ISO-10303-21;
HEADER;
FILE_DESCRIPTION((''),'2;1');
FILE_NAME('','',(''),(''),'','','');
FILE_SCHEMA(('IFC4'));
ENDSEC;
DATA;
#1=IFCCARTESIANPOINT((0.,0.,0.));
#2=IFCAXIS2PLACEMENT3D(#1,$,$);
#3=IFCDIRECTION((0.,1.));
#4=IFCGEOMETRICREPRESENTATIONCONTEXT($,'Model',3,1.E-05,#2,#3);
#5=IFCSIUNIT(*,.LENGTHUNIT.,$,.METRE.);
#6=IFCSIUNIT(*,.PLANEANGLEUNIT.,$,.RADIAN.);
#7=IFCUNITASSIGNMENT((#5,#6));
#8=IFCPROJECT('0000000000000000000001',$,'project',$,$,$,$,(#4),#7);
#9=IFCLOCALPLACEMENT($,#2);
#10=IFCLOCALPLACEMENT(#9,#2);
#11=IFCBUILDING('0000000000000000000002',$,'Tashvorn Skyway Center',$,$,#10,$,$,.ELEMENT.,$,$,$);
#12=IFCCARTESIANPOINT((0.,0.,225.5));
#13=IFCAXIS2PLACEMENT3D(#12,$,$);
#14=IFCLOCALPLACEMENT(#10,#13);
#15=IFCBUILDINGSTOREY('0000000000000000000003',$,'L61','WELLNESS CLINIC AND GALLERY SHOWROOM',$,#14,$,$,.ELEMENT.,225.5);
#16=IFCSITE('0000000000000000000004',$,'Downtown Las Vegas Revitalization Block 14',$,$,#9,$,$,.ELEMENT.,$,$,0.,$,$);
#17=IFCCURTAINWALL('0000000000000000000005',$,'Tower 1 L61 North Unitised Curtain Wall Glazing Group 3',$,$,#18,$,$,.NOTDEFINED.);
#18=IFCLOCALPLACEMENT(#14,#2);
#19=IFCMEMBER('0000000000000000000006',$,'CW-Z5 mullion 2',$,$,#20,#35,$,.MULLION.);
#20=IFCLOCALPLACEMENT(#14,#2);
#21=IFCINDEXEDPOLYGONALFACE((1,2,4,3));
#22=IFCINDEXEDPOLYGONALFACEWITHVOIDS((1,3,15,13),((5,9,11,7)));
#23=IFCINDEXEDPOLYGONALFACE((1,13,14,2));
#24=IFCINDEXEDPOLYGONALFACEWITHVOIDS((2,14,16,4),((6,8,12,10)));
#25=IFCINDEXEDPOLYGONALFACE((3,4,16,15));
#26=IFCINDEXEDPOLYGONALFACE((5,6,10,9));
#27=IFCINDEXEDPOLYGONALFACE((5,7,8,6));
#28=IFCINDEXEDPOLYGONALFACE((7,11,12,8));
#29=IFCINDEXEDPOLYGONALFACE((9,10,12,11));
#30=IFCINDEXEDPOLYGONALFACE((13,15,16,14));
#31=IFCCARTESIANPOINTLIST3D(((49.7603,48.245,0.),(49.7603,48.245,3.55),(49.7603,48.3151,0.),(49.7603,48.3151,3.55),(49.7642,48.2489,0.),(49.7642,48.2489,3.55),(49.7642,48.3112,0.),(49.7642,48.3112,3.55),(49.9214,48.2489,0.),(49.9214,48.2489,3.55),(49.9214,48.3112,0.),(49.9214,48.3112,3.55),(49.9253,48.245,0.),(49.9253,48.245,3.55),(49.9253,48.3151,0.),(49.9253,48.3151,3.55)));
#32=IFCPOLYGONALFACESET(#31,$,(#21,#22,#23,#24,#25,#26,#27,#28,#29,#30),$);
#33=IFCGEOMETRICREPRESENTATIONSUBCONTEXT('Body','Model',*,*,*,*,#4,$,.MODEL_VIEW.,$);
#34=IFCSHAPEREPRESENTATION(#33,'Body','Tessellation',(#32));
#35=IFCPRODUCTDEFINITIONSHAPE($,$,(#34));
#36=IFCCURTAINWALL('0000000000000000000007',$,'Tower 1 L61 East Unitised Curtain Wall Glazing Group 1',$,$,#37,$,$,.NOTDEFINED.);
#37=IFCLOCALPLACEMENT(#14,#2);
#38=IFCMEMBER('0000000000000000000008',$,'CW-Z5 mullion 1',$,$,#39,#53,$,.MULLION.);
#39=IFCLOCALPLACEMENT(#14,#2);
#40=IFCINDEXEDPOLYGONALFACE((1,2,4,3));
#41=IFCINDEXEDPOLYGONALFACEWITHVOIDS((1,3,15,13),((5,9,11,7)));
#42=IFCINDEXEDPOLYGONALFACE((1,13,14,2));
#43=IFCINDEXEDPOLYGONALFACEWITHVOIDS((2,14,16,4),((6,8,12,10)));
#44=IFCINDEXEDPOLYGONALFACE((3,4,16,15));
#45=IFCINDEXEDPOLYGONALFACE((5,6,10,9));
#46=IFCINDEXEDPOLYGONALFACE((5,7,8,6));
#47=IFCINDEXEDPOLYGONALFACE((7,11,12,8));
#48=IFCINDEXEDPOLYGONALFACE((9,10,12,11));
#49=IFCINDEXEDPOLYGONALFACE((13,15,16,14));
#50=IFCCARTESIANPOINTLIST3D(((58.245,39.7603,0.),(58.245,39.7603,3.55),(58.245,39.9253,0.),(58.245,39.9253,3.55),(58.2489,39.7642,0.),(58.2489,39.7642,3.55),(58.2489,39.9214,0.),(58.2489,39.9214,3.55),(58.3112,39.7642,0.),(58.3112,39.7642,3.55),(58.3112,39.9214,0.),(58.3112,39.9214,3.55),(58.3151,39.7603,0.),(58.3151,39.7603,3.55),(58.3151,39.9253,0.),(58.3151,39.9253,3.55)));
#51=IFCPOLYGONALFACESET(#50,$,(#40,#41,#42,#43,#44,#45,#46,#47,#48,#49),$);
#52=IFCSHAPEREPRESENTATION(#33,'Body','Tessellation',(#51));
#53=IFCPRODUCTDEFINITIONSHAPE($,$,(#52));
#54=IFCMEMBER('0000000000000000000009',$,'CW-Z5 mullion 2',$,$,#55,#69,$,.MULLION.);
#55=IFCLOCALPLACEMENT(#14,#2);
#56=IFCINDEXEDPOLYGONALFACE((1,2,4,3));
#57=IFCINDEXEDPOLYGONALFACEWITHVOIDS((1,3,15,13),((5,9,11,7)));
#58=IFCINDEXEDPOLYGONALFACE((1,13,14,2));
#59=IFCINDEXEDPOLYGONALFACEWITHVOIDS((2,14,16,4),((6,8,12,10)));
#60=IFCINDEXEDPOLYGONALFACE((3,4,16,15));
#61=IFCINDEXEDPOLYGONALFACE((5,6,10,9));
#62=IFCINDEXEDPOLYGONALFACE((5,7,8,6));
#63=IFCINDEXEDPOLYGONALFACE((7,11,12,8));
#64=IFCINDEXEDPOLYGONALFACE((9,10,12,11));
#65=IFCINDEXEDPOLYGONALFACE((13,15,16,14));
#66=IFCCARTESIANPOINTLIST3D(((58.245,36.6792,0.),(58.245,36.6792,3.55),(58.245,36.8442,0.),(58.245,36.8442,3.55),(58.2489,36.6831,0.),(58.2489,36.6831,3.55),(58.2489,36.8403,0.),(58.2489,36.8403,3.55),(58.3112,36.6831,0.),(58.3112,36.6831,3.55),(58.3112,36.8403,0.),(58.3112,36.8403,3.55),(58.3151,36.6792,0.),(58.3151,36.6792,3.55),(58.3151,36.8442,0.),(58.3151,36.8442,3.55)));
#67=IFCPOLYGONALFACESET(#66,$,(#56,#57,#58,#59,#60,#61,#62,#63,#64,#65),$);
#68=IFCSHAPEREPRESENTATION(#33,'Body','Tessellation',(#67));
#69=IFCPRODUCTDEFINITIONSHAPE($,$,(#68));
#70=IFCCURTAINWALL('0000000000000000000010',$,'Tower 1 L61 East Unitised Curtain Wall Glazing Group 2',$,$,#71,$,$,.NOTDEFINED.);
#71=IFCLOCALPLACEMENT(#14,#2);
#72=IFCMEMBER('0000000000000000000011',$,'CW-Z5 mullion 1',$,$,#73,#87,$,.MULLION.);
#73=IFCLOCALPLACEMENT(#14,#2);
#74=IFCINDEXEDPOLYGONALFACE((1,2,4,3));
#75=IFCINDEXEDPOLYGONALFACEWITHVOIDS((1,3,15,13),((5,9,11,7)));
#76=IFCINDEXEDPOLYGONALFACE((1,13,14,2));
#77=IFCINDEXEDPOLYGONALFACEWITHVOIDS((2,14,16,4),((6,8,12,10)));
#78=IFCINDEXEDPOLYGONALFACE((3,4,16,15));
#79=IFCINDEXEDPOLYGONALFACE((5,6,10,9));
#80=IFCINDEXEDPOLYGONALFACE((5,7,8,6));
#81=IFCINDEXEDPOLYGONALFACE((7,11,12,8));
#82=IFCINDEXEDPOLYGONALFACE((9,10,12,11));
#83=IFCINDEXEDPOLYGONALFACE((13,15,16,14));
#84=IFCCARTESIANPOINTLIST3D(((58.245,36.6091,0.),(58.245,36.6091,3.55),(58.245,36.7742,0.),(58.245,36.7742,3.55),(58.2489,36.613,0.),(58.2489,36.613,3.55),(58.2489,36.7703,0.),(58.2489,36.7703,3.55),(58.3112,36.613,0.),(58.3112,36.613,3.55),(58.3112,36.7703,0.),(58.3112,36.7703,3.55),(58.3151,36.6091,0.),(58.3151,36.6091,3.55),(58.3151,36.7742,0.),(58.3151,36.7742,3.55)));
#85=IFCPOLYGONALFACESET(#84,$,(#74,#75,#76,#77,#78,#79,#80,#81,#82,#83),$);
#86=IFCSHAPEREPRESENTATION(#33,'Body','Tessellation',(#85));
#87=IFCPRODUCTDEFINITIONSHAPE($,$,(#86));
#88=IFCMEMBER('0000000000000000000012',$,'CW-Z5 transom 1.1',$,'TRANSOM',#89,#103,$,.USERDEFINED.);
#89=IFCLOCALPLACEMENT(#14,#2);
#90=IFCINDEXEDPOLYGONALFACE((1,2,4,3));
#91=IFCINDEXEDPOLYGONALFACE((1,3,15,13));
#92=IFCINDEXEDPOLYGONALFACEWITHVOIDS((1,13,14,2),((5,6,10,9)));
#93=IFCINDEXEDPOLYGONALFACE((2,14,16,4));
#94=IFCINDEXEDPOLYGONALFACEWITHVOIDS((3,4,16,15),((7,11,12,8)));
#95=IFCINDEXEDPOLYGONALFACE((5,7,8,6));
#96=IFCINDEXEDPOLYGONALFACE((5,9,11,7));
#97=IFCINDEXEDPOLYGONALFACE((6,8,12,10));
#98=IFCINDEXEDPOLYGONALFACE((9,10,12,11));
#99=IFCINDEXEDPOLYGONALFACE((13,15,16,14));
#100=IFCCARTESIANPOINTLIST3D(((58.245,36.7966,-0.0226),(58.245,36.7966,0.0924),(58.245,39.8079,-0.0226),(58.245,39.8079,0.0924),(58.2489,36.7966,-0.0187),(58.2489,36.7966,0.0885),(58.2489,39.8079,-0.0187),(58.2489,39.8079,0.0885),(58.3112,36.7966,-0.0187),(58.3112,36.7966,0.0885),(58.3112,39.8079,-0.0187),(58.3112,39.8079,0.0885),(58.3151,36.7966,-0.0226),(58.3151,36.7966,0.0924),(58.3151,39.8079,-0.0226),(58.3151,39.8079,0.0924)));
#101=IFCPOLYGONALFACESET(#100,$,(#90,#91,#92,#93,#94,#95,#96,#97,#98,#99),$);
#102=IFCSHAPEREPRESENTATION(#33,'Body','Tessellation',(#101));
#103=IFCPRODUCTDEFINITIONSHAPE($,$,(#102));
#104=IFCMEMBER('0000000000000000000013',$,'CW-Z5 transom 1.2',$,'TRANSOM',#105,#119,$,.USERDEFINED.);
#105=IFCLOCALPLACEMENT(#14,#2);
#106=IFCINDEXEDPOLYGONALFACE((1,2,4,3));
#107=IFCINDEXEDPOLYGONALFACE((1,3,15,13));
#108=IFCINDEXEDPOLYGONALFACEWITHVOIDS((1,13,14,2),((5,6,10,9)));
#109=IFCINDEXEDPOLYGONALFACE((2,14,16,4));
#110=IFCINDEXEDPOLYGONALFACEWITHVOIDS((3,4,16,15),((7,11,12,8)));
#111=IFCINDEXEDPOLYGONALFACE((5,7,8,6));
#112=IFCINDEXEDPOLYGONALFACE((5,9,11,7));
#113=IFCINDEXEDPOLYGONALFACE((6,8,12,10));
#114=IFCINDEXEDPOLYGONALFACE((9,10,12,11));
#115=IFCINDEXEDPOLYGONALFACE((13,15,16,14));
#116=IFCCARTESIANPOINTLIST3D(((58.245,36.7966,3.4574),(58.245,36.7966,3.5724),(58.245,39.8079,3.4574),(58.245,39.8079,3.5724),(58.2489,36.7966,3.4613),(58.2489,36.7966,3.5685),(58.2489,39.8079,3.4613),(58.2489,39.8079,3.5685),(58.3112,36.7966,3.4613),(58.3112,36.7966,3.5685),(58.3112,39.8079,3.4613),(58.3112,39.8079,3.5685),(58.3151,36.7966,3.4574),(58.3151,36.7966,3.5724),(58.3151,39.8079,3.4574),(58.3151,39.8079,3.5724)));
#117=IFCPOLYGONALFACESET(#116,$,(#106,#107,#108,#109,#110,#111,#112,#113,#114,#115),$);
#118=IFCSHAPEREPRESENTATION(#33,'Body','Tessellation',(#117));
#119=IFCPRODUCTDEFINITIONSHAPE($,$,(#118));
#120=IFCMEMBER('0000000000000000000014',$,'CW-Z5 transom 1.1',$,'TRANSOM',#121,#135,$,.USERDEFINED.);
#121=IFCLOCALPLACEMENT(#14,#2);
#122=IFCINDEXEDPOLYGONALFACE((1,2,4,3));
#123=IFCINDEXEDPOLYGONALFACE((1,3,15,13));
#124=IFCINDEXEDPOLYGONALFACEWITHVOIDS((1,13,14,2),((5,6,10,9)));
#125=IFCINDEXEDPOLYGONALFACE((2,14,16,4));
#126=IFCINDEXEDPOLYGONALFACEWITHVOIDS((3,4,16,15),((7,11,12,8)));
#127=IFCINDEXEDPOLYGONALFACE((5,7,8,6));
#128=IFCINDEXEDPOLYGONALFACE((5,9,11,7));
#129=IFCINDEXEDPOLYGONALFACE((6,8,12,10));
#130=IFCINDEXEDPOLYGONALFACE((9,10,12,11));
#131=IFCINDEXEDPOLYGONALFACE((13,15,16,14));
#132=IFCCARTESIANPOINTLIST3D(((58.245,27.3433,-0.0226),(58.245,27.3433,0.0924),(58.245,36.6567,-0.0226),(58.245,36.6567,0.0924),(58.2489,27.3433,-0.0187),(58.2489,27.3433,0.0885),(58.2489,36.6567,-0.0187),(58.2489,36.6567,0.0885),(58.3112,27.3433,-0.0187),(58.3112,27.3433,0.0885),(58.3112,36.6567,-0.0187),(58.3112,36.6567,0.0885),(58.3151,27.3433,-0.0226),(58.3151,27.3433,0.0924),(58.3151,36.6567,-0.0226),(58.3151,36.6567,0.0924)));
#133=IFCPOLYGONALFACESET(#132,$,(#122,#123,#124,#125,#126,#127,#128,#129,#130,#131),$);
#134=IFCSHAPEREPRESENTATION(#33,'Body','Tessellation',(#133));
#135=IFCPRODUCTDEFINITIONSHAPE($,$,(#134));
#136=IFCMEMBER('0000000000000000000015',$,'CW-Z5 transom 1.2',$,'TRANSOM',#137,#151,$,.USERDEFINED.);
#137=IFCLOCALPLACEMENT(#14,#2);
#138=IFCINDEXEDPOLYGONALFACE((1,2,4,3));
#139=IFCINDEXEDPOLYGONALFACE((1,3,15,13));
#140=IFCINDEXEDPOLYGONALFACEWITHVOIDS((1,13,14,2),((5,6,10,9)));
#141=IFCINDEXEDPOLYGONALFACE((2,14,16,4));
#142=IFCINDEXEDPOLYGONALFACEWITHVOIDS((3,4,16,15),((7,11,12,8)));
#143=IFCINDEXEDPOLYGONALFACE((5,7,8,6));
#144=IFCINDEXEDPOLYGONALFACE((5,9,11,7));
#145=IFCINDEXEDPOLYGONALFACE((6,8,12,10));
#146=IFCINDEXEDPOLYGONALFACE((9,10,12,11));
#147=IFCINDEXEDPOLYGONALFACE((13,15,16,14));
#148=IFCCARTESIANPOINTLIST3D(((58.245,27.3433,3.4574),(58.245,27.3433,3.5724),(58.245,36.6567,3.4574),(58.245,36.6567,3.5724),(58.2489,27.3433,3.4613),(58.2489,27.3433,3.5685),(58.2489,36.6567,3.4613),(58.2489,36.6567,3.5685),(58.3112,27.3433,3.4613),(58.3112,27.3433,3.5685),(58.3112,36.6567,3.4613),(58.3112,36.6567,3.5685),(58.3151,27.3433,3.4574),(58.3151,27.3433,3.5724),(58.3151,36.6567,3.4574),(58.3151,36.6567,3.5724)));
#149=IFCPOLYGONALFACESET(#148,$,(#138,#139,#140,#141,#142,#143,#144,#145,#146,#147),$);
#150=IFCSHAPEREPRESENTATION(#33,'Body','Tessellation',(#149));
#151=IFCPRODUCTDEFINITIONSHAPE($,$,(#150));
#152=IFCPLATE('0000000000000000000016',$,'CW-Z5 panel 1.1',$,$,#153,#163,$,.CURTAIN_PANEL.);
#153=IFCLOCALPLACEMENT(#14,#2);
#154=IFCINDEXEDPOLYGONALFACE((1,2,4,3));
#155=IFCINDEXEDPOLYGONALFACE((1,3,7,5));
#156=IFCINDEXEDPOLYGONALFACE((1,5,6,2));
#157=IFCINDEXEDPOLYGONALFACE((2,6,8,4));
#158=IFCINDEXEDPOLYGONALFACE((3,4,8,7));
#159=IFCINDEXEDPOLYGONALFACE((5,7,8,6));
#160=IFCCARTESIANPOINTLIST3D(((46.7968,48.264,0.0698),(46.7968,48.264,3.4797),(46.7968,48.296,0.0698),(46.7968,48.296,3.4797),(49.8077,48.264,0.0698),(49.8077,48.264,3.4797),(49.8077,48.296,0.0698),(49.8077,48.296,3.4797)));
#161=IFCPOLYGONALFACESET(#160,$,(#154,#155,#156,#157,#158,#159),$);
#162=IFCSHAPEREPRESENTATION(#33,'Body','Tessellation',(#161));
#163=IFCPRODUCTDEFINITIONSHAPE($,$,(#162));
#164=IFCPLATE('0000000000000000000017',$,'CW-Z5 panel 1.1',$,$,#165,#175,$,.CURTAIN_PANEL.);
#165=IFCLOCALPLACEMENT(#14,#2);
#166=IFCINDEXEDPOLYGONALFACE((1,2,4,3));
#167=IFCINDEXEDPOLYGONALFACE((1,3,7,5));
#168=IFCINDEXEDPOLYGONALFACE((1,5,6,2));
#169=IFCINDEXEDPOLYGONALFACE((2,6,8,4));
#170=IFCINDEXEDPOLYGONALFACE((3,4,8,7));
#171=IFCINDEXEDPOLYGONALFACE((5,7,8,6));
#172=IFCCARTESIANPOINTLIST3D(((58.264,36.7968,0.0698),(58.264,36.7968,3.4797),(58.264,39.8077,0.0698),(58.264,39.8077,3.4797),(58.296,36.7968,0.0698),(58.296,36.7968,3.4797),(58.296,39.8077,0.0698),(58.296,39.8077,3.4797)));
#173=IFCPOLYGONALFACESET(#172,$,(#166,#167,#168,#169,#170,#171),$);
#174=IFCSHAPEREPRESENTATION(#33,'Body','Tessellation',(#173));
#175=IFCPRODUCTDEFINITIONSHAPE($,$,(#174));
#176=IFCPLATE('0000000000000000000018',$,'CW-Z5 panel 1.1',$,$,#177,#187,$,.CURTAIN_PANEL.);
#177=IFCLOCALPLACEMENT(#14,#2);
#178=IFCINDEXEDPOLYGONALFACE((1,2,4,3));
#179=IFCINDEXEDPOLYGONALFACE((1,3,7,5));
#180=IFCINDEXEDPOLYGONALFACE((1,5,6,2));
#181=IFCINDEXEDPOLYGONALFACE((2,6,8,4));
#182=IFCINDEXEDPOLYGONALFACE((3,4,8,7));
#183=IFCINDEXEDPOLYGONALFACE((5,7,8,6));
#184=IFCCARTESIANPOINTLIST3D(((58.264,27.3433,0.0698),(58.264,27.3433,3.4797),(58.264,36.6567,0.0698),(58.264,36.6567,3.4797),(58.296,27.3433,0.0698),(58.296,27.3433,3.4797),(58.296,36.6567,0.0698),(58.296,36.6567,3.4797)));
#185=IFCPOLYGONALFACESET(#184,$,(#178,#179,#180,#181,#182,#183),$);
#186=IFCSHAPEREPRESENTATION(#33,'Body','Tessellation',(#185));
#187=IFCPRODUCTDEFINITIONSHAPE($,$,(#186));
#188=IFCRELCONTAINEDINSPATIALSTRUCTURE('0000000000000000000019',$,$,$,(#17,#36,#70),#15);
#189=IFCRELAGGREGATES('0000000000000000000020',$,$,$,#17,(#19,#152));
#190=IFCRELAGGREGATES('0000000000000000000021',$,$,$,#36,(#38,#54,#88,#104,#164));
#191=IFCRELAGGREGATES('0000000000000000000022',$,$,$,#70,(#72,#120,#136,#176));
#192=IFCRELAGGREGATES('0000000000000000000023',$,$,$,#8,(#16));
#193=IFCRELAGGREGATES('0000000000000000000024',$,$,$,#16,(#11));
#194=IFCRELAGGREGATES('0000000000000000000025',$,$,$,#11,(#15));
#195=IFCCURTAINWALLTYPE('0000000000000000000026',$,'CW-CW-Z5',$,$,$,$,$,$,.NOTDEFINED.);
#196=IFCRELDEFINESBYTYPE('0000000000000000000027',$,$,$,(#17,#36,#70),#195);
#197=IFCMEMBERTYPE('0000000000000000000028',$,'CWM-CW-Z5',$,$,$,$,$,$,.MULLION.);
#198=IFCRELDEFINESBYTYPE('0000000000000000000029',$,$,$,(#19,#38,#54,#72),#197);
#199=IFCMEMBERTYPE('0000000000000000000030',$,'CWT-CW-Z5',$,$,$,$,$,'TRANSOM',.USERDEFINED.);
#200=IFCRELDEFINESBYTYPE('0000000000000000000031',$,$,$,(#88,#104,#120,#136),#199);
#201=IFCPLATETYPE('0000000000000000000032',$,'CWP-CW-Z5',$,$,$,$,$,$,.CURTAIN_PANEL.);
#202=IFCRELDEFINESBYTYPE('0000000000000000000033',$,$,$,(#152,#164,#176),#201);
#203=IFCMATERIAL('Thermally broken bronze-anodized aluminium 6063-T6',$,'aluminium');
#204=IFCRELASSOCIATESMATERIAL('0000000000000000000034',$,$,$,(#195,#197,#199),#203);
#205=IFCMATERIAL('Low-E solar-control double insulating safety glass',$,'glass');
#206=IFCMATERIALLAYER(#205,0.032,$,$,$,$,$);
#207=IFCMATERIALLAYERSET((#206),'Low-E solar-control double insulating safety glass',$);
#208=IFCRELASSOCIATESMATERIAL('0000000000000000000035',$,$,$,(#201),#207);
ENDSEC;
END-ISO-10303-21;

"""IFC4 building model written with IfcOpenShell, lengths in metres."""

from ifc_helpers import new_model, si_unit, direction, frame, origin, origin_2d, place, context, subcontext, project, spatial, rectangle, hollow_rectangle, extrude, material, layer, layer_set, material_profile, profile_set, type_object, element, aggregate, save


model = new_model("IFC4")

# Units and contexts
model_context = context("Model", 3, precision=1e-05, world=origin(), true_north=direction((0.0, 1.0)))
body_context = subcontext(model_context, "Body", "Model", "MODEL_VIEW")
ifc_project = project(units=[si_unit("LENGTHUNIT", "METRE"), si_unit("PLANEANGLEUNIT", "RADIAN")], contexts=[model_context])

# Site, building, storey
site_placement = place(None, origin())
site = spatial("IfcSite", under=ifc_project, at=site_placement, Name="Downtown Las Vegas Revitalization Block 14", CompositionType="ELEMENT", RefElevation=0.0)
building_placement = place(site_placement, origin())
building = spatial("IfcBuilding", under=site, at=building_placement, Name="Tashvorn Skyway Center", CompositionType="ELEMENT")
storey_placement = place(building_placement, frame((0.0, 0.0, 225.5)))
storey = spatial("IfcBuildingStorey", under=building, at=storey_placement, Name="L61", Description="WELLNESS CLINIC AND GALLERY SHOWROOM", CompositionType="ELEMENT", Elevation=225.5)

# Curtain wall, member
ifc_material_1 = material(Name="Thermally broken bronze-anodized aluminium 6063-T6", Category="aluminium")
curtain_wall_type = type_object("IfcCurtainWallType", Name="CW-CW-Z5", PredefinedType="NOTDEFINED", material=ifc_material_1)
curtain_wall_1_placement = place(storey_placement, origin())
curtain_wall_1 = element("IfcCurtainWall", 1, at=curtain_wall_1_placement, inside=storey, type_object=curtain_wall_type, Name="Tower 1 L61 North Unitised Curtain Wall Glazing Group 3", PredefinedType="NOTDEFINED")
ifc_material_profile_1 = material_profile(ifc_material_1, hollow_rectangle(XDim=0.0701, YDim=0.165, WallThickness=0.0039, at=origin_2d()), Name="ALU-MULL-70x165")
ifc_profile_set_1 = profile_set([ifc_material_profile_1], Name="Thermally broken bronze-anodized aluminium 6063-T6")
member_type_1 = type_object("IfcMemberType", Name="CWM-CW-Z5", PredefinedType="MULLION", material=ifc_profile_set_1)
member_1_placement = place(storey_placement, frame((49.8428, 48.28, 0.0), z_axis=(0.0, 0.0, 1.0), x_axis=(0.0, 1.0, 0.0)))
member_1 = element("IfcMember", 2, at=member_1_placement, type_object=member_type_1, Name="CW-Z5 mullion 2", PredefinedType="MULLION", context=body_context, shape_type="SweptSolid", body=[
    extrude(hollow_rectangle(XDim=0.0701, YDim=0.165, WallThickness=0.0039, at=origin_2d()), origin(), (0.0, 0.0, 1.0), 3.55),
])

# Curtain wall, members
curtain_wall_2_placement = place(storey_placement, origin())
curtain_wall_2 = element("IfcCurtainWall", 3, at=curtain_wall_2_placement, inside=storey, type_object=curtain_wall_type, Name="Tower 1 L61 East Unitised Curtain Wall Glazing Group 1", PredefinedType="NOTDEFINED")
member_2_placement = place(storey_placement, frame((58.28, 39.8428, 0.0), z_axis=(0.0, 0.0, 1.0), x_axis=(1.0, 0.0, 0.0)))
member_2 = element("IfcMember", 4, at=member_2_placement, type_object=member_type_1, Name="CW-Z5 mullion 1", PredefinedType="MULLION", context=body_context, shape_type="SweptSolid", body=[
    extrude(hollow_rectangle(XDim=0.0701, YDim=0.165, WallThickness=0.0039, at=origin_2d()), origin(), (0.0, 0.0, 1.0), 3.55),
])
member_3_placement = place(storey_placement, frame((58.28, 36.7617, 0.0), z_axis=(0.0, 0.0, 1.0), x_axis=(1.0, 0.0, 0.0)))
member_3 = element("IfcMember", 5, at=member_3_placement, type_object=member_type_1, Name="CW-Z5 mullion 2", PredefinedType="MULLION", context=body_context, shape_type="SweptSolid", body=[
    extrude(hollow_rectangle(XDim=0.0701, YDim=0.165, WallThickness=0.0039, at=origin_2d()), origin(), (0.0, 0.0, 1.0), 3.55),
])

# Curtain wall, member
curtain_wall_3_placement = place(storey_placement, origin())
curtain_wall_3 = element("IfcCurtainWall", 6, at=curtain_wall_3_placement, inside=storey, type_object=curtain_wall_type, Name="Tower 1 L61 East Unitised Curtain Wall Glazing Group 2", PredefinedType="NOTDEFINED")
member_4_placement = place(storey_placement, frame((58.28, 36.6917, 0.0), z_axis=(0.0, 0.0, 1.0), x_axis=(1.0, 0.0, 0.0)))
member_4 = element("IfcMember", 7, at=member_4_placement, type_object=member_type_1, Name="CW-Z5 mullion 1", PredefinedType="MULLION", context=body_context, shape_type="SweptSolid", body=[
    extrude(hollow_rectangle(XDim=0.0701, YDim=0.165, WallThickness=0.0039, at=origin_2d()), origin(), (0.0, 0.0, 1.0), 3.55),
])

# Members
ifc_material_profile_2 = material_profile(ifc_material_1, hollow_rectangle(XDim=0.0701, YDim=0.115, WallThickness=0.0039, at=origin_2d()), Name="ALU-TRAN-70x115")
ifc_profile_set_2 = profile_set([ifc_material_profile_2], Name="Thermally broken bronze-anodized aluminium 6063-T6")
member_type_2 = type_object("IfcMemberType", Name="CWT-CW-Z5", ElementType="TRANSOM", PredefinedType="USERDEFINED", material=ifc_profile_set_2)
member_5_placement = place(storey_placement, frame((58.28, 39.8079, 0.0349), z_axis=(0.0, -1.0, 0.0), x_axis=(1.0, 0.0, 0.0)))
member_5 = element("IfcMember", 8, at=member_5_placement, type_object=member_type_2, Name="CW-Z5 transom 1.1", ObjectType="TRANSOM", PredefinedType="USERDEFINED", context=body_context, shape_type="SweptSolid", body=[
    extrude(hollow_rectangle(XDim=0.0701, YDim=0.115, WallThickness=0.0039, at=origin_2d()), origin(), (0.0, 0.0, 1.0), 3.0112),
])
member_6_placement = place(storey_placement, frame((58.28, 39.8079, 3.5149), z_axis=(0.0, -1.0, 0.0), x_axis=(1.0, 0.0, 0.0)))
member_6 = element("IfcMember", 9, at=member_6_placement, type_object=member_type_2, Name="CW-Z5 transom 1.2", ObjectType="TRANSOM", PredefinedType="USERDEFINED", context=body_context, shape_type="SweptSolid", body=[
    extrude(hollow_rectangle(XDim=0.0701, YDim=0.115, WallThickness=0.0039, at=origin_2d()), origin(), (0.0, 0.0, 1.0), 3.0112),
])
member_7_placement = place(storey_placement, frame((58.28, 36.6567, 0.0349), z_axis=(0.0, -1.0, 0.0), x_axis=(1.0, 0.0, 0.0)))
member_7 = element("IfcMember", 10, at=member_7_placement, type_object=member_type_2, Name="CW-Z5 transom 1.1", ObjectType="TRANSOM", PredefinedType="USERDEFINED", context=body_context, shape_type="SweptSolid", body=[
    extrude(hollow_rectangle(XDim=0.0701, YDim=0.115, WallThickness=0.0039, at=origin_2d()), origin(), (0.0, 0.0, 1.0), 9.3135),
])
member_8_placement = place(storey_placement, frame((58.28, 36.6567, 3.5149), z_axis=(0.0, -1.0, 0.0), x_axis=(1.0, 0.0, 0.0)))
member_8 = element("IfcMember", 11, at=member_8_placement, type_object=member_type_2, Name="CW-Z5 transom 1.2", ObjectType="TRANSOM", PredefinedType="USERDEFINED", context=body_context, shape_type="SweptSolid", body=[
    extrude(hollow_rectangle(XDim=0.0701, YDim=0.115, WallThickness=0.0039, at=origin_2d()), origin(), (0.0, 0.0, 1.0), 9.3135),
])

# Plates
ifc_material_2 = material(Name="Low-E solar-control double insulating safety glass", Category="glass")
ifc_layer_1 = layer(ifc_material_2, 0.032)
ifc_layer_set_1 = layer_set([ifc_layer_1], Name="Low-E solar-control double insulating safety glass")
plate_type = type_object("IfcPlateType", Name="CWP-CW-Z5", PredefinedType="CURTAIN_PANEL", material=ifc_layer_set_1)
plate_1_placement = place(storey_placement, frame((48.3022, 48.28, 0.0698), z_axis=(0.0, 0.0, 1.0), x_axis=(1.0, 0.0, 0.0)))
plate_1 = element("IfcPlate", 12, at=plate_1_placement, type_object=plate_type, Name="CW-Z5 panel 1.1", PredefinedType="CURTAIN_PANEL", context=body_context, shape_type="SweptSolid", body=[
    extrude(rectangle(XDim=3.011, YDim=0.032, at=origin_2d()), origin(), (0.0, 0.0, 1.0), 3.4099),
])
aggregate(curtain_wall_1, [member_1, plate_1])
plate_2_placement = place(storey_placement, frame((58.28, 38.3022, 0.0698), z_axis=(0.0, 0.0, 1.0), x_axis=(0.0, -1.0, 0.0)))
plate_2 = element("IfcPlate", 13, at=plate_2_placement, type_object=plate_type, Name="CW-Z5 panel 1.1", PredefinedType="CURTAIN_PANEL", context=body_context, shape_type="SweptSolid", body=[
    extrude(rectangle(XDim=3.011, YDim=0.032, at=origin_2d()), origin(), (0.0, 0.0, 1.0), 3.4099),
])
aggregate(curtain_wall_2, [member_2, member_3, member_5, member_6, plate_2])
plate_3_placement = place(storey_placement, frame((58.28, 32.0, 0.0698), z_axis=(0.0, 0.0, 1.0), x_axis=(0.0, -1.0, 0.0)))
plate_3 = element("IfcPlate", 14, at=plate_3_placement, type_object=plate_type, Name="CW-Z5 panel 1.1", PredefinedType="CURTAIN_PANEL", context=body_context, shape_type="SweptSolid", body=[
    extrude(rectangle(XDim=9.3135, YDim=0.032, at=origin_2d()), origin(), (0.0, 0.0, 1.0), 3.4099),
])
aggregate(curtain_wall_3, [member_4, member_7, member_8, plate_3])

save(model, "model.ifc")
